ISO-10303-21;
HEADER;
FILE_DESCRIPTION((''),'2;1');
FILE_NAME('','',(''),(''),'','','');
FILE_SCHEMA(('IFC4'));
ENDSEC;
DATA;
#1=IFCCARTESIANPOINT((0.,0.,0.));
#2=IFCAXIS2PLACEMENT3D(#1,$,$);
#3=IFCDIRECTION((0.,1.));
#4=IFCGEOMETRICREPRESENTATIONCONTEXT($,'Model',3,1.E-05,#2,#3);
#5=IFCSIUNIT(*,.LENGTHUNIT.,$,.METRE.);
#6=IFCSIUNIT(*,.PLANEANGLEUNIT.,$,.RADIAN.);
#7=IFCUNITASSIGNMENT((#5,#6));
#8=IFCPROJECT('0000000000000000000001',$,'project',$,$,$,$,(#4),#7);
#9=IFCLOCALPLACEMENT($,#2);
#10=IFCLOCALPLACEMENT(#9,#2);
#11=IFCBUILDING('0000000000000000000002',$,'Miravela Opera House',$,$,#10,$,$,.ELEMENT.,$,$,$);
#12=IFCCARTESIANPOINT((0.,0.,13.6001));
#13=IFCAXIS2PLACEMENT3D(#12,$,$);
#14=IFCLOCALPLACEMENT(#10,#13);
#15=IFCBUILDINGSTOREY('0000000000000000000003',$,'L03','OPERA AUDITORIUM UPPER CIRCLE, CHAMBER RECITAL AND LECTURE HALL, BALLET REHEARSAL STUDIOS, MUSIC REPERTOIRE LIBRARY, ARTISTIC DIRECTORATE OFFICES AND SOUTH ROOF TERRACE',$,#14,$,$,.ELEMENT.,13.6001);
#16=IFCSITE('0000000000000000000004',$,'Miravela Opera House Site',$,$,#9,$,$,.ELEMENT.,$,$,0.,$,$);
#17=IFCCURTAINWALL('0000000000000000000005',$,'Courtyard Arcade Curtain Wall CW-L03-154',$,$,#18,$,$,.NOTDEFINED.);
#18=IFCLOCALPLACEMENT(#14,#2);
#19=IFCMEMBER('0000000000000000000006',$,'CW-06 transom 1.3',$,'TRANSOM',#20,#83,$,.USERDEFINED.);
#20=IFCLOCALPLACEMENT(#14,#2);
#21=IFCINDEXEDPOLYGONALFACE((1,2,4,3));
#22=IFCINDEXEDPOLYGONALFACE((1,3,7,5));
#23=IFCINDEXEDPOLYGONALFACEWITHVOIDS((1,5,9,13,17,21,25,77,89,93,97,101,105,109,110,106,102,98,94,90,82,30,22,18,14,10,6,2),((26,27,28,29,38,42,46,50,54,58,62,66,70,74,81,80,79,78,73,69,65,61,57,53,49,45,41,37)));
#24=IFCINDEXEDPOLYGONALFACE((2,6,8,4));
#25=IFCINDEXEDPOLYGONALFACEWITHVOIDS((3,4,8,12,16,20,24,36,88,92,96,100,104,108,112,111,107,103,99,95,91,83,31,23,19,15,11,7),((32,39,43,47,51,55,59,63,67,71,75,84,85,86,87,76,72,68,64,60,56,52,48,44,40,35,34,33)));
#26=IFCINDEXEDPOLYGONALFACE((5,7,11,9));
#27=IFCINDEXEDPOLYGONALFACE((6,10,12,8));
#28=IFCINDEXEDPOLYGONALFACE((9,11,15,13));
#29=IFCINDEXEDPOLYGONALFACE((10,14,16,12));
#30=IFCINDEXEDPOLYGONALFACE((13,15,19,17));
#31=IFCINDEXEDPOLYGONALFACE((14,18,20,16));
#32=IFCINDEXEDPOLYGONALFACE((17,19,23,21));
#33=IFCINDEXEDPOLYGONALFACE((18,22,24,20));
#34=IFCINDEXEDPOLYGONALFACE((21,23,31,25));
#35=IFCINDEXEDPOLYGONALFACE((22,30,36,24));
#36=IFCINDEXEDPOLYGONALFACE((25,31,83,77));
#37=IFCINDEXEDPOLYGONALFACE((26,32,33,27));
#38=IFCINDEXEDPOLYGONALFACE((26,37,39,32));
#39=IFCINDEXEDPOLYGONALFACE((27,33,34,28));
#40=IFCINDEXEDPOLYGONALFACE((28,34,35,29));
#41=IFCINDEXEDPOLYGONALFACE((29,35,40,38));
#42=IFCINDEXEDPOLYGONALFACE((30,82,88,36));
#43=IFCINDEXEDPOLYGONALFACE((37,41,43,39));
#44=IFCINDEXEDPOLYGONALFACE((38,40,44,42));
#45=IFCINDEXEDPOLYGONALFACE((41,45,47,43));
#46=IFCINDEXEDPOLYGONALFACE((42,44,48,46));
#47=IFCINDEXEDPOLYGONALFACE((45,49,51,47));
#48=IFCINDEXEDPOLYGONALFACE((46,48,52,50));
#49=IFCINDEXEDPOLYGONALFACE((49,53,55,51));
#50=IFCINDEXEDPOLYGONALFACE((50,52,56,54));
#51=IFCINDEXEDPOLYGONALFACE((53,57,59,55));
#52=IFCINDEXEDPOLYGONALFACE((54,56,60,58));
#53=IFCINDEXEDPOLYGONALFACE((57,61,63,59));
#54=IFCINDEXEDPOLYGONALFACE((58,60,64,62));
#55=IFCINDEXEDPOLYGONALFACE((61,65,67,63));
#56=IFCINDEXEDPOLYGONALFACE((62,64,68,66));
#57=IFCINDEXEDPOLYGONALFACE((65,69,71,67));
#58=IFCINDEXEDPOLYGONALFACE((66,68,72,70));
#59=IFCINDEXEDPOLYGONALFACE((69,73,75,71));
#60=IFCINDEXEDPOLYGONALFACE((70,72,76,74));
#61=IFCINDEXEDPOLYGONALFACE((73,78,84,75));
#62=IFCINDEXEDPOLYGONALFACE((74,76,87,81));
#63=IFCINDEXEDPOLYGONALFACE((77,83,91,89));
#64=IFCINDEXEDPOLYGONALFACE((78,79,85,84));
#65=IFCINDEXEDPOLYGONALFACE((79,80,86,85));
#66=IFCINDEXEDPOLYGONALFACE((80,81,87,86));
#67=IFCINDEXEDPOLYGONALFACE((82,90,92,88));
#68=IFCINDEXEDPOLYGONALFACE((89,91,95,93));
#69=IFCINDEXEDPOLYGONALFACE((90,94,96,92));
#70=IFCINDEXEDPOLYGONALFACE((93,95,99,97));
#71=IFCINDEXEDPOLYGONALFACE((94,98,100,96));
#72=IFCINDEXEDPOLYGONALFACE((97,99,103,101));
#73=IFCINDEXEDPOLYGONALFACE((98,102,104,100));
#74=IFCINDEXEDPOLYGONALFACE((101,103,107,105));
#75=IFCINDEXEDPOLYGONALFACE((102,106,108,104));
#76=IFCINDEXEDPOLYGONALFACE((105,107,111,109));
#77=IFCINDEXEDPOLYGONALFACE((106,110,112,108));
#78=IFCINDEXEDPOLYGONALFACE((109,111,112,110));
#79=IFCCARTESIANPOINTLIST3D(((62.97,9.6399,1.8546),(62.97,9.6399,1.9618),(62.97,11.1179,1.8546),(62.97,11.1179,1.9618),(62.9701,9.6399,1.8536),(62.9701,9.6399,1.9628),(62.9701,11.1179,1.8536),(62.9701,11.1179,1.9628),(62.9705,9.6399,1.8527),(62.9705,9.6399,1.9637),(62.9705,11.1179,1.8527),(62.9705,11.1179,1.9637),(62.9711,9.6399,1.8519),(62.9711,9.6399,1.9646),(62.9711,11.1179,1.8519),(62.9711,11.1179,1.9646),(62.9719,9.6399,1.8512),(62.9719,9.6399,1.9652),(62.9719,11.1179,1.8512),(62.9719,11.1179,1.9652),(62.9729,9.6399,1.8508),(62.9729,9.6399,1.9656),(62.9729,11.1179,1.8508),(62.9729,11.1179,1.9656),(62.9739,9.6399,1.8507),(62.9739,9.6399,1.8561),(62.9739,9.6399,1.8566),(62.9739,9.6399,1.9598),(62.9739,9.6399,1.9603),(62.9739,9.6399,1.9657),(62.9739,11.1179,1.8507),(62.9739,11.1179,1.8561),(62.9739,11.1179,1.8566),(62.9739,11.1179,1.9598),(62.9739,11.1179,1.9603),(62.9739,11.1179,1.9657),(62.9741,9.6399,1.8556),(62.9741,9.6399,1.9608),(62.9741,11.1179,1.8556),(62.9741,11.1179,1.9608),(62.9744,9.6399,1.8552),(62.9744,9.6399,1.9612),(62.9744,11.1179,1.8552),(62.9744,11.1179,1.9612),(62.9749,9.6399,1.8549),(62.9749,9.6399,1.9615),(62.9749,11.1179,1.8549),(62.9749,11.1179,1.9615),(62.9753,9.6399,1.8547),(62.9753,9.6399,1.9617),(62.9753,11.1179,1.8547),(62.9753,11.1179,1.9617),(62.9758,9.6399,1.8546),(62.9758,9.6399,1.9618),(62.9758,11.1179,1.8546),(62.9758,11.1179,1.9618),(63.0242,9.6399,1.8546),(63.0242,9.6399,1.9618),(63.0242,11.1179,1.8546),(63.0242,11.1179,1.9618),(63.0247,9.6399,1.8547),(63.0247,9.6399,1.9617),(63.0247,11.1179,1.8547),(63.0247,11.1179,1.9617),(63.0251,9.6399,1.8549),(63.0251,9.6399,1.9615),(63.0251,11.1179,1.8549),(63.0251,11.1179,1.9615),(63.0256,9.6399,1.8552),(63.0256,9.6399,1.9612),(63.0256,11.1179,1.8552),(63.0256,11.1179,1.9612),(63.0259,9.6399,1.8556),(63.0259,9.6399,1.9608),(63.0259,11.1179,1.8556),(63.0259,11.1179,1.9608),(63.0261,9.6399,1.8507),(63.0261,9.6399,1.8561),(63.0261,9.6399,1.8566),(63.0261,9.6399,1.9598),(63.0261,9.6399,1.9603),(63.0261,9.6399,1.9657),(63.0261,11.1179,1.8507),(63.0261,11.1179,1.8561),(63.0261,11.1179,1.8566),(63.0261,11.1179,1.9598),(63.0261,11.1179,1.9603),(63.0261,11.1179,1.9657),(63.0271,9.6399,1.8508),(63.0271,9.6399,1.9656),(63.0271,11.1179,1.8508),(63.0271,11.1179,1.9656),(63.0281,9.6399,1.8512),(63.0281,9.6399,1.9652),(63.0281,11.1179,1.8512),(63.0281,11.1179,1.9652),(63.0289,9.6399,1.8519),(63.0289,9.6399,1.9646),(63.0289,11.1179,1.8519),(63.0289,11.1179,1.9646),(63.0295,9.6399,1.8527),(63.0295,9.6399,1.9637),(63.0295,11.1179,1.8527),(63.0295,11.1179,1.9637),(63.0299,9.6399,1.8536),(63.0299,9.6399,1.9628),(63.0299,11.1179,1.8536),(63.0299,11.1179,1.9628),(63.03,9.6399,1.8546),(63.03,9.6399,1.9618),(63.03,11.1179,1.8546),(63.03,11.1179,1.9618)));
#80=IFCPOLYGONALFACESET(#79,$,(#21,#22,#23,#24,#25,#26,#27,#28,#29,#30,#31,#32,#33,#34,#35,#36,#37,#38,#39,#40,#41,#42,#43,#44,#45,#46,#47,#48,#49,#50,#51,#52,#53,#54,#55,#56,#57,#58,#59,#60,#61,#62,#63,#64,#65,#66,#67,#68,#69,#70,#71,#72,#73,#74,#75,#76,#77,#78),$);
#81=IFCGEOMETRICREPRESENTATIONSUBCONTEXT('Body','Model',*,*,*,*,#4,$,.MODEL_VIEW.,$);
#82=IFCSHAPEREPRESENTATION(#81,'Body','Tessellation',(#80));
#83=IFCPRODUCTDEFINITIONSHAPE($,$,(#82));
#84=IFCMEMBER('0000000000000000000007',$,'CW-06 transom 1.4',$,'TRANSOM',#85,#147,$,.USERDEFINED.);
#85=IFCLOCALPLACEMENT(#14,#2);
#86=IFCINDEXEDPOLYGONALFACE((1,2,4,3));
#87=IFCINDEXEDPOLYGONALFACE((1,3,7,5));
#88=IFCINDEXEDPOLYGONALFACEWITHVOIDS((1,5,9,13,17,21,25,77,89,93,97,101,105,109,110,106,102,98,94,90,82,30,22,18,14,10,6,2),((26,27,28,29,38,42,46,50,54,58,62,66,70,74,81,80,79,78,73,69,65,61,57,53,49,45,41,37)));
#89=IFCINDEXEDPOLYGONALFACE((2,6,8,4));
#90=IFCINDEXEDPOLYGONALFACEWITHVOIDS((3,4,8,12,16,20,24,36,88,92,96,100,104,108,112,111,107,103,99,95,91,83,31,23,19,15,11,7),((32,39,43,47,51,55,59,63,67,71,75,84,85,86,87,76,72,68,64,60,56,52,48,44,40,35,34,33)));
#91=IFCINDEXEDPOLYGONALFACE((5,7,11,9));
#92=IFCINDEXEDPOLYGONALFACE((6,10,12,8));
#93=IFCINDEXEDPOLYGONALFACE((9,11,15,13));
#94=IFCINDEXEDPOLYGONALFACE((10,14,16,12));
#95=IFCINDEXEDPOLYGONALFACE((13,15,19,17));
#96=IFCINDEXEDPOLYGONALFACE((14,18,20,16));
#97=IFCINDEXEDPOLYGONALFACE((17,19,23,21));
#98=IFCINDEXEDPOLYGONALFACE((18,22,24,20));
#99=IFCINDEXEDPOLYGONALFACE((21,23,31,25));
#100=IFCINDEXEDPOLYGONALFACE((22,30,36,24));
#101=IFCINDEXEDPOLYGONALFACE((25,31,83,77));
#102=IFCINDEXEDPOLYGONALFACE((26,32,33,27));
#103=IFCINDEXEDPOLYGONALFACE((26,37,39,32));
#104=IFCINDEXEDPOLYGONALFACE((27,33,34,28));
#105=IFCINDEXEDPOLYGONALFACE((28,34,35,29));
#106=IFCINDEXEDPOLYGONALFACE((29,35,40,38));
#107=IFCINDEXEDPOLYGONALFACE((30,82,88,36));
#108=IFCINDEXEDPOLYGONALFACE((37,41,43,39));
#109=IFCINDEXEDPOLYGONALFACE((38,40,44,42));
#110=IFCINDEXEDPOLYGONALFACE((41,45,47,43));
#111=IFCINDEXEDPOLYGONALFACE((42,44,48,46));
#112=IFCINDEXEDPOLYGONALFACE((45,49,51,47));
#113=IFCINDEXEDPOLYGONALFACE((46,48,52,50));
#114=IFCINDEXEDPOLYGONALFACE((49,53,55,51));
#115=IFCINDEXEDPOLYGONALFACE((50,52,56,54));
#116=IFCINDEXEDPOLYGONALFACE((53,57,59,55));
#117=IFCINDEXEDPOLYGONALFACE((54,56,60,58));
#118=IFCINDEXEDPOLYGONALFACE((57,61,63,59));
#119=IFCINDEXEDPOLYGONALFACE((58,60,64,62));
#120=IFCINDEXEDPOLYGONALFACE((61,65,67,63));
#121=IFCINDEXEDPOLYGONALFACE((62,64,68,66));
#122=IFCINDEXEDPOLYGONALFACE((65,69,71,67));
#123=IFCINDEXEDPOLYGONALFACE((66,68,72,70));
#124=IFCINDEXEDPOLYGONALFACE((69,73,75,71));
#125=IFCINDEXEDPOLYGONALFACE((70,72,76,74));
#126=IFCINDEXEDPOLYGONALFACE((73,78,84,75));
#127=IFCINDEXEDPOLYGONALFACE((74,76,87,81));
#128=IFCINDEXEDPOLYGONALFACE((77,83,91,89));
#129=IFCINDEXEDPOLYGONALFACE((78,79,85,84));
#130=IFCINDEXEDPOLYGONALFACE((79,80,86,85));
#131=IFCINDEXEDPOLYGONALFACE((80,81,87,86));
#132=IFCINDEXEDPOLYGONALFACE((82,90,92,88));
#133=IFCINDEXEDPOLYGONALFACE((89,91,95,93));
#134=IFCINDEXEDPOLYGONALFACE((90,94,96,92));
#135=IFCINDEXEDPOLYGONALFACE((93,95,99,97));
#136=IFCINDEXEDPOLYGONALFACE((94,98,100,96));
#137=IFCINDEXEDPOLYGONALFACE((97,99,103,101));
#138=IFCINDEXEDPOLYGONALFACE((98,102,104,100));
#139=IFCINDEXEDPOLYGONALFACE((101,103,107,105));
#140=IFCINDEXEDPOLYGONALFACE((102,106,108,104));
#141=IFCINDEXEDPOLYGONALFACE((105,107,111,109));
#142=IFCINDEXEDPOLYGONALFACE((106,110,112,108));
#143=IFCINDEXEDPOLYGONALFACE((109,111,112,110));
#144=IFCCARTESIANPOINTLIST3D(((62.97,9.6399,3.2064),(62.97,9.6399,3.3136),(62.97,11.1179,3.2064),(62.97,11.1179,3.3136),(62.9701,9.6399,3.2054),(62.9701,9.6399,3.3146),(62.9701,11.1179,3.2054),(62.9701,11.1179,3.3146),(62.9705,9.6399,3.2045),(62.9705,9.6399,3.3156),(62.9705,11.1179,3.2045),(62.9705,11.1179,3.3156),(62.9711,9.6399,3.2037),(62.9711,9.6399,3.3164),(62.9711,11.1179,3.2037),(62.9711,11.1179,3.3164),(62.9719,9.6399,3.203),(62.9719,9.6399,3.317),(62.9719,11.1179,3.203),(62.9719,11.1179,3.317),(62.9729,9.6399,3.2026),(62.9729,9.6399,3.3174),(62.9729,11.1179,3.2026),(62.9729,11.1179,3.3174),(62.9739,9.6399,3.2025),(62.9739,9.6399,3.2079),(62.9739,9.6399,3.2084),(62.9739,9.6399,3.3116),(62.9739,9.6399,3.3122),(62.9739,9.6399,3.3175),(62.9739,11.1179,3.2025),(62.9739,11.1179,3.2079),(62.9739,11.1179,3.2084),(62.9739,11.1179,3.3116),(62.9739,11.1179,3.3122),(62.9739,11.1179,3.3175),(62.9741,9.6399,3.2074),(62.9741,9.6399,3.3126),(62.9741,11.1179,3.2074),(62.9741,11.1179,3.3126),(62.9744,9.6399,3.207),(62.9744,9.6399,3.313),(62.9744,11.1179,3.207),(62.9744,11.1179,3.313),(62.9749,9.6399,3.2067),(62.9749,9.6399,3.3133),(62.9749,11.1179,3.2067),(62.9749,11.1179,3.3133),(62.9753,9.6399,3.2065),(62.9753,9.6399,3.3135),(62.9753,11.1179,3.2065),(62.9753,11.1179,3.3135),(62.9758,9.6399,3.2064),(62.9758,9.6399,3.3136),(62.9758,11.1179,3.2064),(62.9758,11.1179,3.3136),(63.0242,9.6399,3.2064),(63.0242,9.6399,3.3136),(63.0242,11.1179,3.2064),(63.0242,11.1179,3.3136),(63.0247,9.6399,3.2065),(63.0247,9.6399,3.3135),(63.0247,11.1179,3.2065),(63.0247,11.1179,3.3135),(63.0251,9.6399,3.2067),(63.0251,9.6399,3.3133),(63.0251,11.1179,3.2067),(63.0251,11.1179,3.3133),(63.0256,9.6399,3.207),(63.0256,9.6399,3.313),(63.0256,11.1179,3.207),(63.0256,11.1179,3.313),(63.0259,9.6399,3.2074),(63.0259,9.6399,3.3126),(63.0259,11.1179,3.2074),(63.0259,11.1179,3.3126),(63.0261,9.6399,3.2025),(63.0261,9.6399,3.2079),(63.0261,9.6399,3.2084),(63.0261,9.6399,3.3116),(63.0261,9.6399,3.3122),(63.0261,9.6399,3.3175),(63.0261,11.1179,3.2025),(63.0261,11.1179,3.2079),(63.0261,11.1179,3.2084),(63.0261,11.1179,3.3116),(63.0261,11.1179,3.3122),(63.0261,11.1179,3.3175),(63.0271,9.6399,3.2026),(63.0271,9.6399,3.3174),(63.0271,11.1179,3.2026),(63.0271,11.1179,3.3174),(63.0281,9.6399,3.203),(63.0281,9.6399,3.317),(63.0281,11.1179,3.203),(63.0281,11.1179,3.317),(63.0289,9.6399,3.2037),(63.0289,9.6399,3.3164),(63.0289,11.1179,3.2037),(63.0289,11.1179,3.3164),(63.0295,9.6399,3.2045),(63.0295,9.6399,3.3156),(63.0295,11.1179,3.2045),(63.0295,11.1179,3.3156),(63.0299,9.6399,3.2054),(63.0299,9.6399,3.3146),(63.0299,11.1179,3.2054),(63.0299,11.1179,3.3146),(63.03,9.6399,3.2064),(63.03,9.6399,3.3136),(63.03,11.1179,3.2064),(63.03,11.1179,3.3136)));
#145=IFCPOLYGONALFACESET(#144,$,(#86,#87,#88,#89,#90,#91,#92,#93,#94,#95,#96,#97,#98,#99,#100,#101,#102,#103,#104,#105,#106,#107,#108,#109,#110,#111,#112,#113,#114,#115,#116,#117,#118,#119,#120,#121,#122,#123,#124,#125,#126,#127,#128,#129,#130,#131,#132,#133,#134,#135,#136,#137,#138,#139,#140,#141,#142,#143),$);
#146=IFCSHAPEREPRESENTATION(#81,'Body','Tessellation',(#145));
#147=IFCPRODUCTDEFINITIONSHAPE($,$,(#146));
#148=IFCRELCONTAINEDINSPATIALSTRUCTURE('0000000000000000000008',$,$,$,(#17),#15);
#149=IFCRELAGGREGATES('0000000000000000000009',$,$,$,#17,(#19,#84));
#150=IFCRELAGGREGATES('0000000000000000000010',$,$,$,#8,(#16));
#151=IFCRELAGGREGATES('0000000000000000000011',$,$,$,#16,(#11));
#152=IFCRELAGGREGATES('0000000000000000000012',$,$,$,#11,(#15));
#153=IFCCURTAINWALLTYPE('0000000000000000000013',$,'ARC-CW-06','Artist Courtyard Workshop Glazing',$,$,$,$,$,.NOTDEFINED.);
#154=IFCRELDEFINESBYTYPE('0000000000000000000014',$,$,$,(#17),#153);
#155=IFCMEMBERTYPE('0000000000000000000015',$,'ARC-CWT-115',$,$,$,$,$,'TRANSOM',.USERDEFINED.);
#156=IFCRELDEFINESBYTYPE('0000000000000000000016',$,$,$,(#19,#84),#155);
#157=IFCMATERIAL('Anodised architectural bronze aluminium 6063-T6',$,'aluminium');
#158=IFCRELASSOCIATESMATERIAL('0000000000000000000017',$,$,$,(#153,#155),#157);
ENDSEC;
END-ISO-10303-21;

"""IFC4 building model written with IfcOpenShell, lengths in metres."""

from ifc_helpers import new_model, si_unit, direction, frame, origin, origin_2d, place, context, subcontext, project, spatial, hollow_rectangle, extrude, material, material_profile, profile_set, type_object, element, aggregate, save


model = new_model("IFC4")

# Units and contexts
model_context = context("Model", 3, precision=1e-05, world=origin(), true_north=direction((0.0, 1.0)))
body_context = subcontext(model_context, "Body", "Model", "MODEL_VIEW")
ifc_project = project(units=[si_unit("LENGTHUNIT", "METRE"), si_unit("PLANEANGLEUNIT", "RADIAN")], contexts=[model_context])

# Site, building, storey
site_placement = place(None, origin())
site = spatial("IfcSite", under=ifc_project, at=site_placement, Name="Miravela Opera House Site", CompositionType="ELEMENT", RefElevation=0.0)
building_placement = place(site_placement, origin())
building = spatial("IfcBuilding", under=site, at=building_placement, Name="Miravela Opera House", CompositionType="ELEMENT")
storey_placement = place(building_placement, frame((0.0, 0.0, 13.6001)))
storey = spatial("IfcBuildingStorey", under=building, at=storey_placement, Name="L03", Description="OPERA AUDITORIUM UPPER CIRCLE, CHAMBER RECITAL AND LECTURE HALL, BALLET REHEARSAL STUDIOS, MUSIC REPERTOIRE LIBRARY, ARTISTIC DIRECTORATE OFFICES AND SOUTH ROOF TERRACE", CompositionType="ELEMENT", Elevation=13.6001)

# Curtain wall, members
ifc_material_1 = material(Name="Anodised architectural bronze aluminium 6063-T6", Category="aluminium")
curtain_wall_type = type_object("IfcCurtainWallType", Name="ARC-CW-06", Description="Artist Courtyard Workshop Glazing", PredefinedType="NOTDEFINED", material=ifc_material_1)
curtain_wall_placement = place(storey_placement, origin())
curtain_wall = element("IfcCurtainWall", 1, at=curtain_wall_placement, inside=storey, type_object=curtain_wall_type, Name="Courtyard Arcade Curtain Wall CW-L03-154", PredefinedType="NOTDEFINED")
ifc_material_profile_1 = material_profile(ifc_material_1, hollow_rectangle(XDim=0.0601, YDim=0.115, WallThickness=0.0039, InnerFilletRadius=0.002, OuterFilletRadius=0.0039, at=origin_2d()), Name="CWT-60X115")
ifc_profile_set_1 = profile_set([ifc_material_profile_1])
member_type_1 = type_object("IfcMemberType", Name="ARC-CWT-115", ElementType="TRANSOM", PredefinedType="USERDEFINED", material=ifc_profile_set_1)
member_1_placement = place(storey_placement, frame((63.0, 9.6399, 1.9082), z_axis=(0.0, 1.0, 0.0), x_axis=(-1.0, 0.0, 0.0)))
member_1 = element("IfcMember", 2, at=member_1_placement, type_object=member_type_1, Name="CW-06 transom 1.3", ObjectType="TRANSOM", PredefinedType="USERDEFINED", context=body_context, shape_type="SweptSolid", body=[
    extrude(hollow_rectangle(XDim=0.0601, YDim=0.115, WallThickness=0.0039, InnerFilletRadius=0.002, OuterFilletRadius=0.0039, at=origin_2d()), origin(), (0.0, 0.0, 1.0), 1.478),
])
member_2_placement = place(storey_placement, frame((63.0, 9.6399, 3.26), z_axis=(0.0, 1.0, 0.0), x_axis=(-1.0, 0.0, 0.0)))
member_2 = element("IfcMember", 3, at=member_2_placement, type_object=member_type_1, Name="CW-06 transom 1.4", ObjectType="TRANSOM", PredefinedType="USERDEFINED", context=body_context, shape_type="SweptSolid", body=[
    extrude(hollow_rectangle(XDim=0.0601, YDim=0.115, WallThickness=0.0039, InnerFilletRadius=0.002, OuterFilletRadius=0.0039, at=origin_2d()), origin(), (0.0, 0.0, 1.0), 1.478),
])

aggregate(curtain_wall, [member_1, member_2])

save(model, "model.ifc")
